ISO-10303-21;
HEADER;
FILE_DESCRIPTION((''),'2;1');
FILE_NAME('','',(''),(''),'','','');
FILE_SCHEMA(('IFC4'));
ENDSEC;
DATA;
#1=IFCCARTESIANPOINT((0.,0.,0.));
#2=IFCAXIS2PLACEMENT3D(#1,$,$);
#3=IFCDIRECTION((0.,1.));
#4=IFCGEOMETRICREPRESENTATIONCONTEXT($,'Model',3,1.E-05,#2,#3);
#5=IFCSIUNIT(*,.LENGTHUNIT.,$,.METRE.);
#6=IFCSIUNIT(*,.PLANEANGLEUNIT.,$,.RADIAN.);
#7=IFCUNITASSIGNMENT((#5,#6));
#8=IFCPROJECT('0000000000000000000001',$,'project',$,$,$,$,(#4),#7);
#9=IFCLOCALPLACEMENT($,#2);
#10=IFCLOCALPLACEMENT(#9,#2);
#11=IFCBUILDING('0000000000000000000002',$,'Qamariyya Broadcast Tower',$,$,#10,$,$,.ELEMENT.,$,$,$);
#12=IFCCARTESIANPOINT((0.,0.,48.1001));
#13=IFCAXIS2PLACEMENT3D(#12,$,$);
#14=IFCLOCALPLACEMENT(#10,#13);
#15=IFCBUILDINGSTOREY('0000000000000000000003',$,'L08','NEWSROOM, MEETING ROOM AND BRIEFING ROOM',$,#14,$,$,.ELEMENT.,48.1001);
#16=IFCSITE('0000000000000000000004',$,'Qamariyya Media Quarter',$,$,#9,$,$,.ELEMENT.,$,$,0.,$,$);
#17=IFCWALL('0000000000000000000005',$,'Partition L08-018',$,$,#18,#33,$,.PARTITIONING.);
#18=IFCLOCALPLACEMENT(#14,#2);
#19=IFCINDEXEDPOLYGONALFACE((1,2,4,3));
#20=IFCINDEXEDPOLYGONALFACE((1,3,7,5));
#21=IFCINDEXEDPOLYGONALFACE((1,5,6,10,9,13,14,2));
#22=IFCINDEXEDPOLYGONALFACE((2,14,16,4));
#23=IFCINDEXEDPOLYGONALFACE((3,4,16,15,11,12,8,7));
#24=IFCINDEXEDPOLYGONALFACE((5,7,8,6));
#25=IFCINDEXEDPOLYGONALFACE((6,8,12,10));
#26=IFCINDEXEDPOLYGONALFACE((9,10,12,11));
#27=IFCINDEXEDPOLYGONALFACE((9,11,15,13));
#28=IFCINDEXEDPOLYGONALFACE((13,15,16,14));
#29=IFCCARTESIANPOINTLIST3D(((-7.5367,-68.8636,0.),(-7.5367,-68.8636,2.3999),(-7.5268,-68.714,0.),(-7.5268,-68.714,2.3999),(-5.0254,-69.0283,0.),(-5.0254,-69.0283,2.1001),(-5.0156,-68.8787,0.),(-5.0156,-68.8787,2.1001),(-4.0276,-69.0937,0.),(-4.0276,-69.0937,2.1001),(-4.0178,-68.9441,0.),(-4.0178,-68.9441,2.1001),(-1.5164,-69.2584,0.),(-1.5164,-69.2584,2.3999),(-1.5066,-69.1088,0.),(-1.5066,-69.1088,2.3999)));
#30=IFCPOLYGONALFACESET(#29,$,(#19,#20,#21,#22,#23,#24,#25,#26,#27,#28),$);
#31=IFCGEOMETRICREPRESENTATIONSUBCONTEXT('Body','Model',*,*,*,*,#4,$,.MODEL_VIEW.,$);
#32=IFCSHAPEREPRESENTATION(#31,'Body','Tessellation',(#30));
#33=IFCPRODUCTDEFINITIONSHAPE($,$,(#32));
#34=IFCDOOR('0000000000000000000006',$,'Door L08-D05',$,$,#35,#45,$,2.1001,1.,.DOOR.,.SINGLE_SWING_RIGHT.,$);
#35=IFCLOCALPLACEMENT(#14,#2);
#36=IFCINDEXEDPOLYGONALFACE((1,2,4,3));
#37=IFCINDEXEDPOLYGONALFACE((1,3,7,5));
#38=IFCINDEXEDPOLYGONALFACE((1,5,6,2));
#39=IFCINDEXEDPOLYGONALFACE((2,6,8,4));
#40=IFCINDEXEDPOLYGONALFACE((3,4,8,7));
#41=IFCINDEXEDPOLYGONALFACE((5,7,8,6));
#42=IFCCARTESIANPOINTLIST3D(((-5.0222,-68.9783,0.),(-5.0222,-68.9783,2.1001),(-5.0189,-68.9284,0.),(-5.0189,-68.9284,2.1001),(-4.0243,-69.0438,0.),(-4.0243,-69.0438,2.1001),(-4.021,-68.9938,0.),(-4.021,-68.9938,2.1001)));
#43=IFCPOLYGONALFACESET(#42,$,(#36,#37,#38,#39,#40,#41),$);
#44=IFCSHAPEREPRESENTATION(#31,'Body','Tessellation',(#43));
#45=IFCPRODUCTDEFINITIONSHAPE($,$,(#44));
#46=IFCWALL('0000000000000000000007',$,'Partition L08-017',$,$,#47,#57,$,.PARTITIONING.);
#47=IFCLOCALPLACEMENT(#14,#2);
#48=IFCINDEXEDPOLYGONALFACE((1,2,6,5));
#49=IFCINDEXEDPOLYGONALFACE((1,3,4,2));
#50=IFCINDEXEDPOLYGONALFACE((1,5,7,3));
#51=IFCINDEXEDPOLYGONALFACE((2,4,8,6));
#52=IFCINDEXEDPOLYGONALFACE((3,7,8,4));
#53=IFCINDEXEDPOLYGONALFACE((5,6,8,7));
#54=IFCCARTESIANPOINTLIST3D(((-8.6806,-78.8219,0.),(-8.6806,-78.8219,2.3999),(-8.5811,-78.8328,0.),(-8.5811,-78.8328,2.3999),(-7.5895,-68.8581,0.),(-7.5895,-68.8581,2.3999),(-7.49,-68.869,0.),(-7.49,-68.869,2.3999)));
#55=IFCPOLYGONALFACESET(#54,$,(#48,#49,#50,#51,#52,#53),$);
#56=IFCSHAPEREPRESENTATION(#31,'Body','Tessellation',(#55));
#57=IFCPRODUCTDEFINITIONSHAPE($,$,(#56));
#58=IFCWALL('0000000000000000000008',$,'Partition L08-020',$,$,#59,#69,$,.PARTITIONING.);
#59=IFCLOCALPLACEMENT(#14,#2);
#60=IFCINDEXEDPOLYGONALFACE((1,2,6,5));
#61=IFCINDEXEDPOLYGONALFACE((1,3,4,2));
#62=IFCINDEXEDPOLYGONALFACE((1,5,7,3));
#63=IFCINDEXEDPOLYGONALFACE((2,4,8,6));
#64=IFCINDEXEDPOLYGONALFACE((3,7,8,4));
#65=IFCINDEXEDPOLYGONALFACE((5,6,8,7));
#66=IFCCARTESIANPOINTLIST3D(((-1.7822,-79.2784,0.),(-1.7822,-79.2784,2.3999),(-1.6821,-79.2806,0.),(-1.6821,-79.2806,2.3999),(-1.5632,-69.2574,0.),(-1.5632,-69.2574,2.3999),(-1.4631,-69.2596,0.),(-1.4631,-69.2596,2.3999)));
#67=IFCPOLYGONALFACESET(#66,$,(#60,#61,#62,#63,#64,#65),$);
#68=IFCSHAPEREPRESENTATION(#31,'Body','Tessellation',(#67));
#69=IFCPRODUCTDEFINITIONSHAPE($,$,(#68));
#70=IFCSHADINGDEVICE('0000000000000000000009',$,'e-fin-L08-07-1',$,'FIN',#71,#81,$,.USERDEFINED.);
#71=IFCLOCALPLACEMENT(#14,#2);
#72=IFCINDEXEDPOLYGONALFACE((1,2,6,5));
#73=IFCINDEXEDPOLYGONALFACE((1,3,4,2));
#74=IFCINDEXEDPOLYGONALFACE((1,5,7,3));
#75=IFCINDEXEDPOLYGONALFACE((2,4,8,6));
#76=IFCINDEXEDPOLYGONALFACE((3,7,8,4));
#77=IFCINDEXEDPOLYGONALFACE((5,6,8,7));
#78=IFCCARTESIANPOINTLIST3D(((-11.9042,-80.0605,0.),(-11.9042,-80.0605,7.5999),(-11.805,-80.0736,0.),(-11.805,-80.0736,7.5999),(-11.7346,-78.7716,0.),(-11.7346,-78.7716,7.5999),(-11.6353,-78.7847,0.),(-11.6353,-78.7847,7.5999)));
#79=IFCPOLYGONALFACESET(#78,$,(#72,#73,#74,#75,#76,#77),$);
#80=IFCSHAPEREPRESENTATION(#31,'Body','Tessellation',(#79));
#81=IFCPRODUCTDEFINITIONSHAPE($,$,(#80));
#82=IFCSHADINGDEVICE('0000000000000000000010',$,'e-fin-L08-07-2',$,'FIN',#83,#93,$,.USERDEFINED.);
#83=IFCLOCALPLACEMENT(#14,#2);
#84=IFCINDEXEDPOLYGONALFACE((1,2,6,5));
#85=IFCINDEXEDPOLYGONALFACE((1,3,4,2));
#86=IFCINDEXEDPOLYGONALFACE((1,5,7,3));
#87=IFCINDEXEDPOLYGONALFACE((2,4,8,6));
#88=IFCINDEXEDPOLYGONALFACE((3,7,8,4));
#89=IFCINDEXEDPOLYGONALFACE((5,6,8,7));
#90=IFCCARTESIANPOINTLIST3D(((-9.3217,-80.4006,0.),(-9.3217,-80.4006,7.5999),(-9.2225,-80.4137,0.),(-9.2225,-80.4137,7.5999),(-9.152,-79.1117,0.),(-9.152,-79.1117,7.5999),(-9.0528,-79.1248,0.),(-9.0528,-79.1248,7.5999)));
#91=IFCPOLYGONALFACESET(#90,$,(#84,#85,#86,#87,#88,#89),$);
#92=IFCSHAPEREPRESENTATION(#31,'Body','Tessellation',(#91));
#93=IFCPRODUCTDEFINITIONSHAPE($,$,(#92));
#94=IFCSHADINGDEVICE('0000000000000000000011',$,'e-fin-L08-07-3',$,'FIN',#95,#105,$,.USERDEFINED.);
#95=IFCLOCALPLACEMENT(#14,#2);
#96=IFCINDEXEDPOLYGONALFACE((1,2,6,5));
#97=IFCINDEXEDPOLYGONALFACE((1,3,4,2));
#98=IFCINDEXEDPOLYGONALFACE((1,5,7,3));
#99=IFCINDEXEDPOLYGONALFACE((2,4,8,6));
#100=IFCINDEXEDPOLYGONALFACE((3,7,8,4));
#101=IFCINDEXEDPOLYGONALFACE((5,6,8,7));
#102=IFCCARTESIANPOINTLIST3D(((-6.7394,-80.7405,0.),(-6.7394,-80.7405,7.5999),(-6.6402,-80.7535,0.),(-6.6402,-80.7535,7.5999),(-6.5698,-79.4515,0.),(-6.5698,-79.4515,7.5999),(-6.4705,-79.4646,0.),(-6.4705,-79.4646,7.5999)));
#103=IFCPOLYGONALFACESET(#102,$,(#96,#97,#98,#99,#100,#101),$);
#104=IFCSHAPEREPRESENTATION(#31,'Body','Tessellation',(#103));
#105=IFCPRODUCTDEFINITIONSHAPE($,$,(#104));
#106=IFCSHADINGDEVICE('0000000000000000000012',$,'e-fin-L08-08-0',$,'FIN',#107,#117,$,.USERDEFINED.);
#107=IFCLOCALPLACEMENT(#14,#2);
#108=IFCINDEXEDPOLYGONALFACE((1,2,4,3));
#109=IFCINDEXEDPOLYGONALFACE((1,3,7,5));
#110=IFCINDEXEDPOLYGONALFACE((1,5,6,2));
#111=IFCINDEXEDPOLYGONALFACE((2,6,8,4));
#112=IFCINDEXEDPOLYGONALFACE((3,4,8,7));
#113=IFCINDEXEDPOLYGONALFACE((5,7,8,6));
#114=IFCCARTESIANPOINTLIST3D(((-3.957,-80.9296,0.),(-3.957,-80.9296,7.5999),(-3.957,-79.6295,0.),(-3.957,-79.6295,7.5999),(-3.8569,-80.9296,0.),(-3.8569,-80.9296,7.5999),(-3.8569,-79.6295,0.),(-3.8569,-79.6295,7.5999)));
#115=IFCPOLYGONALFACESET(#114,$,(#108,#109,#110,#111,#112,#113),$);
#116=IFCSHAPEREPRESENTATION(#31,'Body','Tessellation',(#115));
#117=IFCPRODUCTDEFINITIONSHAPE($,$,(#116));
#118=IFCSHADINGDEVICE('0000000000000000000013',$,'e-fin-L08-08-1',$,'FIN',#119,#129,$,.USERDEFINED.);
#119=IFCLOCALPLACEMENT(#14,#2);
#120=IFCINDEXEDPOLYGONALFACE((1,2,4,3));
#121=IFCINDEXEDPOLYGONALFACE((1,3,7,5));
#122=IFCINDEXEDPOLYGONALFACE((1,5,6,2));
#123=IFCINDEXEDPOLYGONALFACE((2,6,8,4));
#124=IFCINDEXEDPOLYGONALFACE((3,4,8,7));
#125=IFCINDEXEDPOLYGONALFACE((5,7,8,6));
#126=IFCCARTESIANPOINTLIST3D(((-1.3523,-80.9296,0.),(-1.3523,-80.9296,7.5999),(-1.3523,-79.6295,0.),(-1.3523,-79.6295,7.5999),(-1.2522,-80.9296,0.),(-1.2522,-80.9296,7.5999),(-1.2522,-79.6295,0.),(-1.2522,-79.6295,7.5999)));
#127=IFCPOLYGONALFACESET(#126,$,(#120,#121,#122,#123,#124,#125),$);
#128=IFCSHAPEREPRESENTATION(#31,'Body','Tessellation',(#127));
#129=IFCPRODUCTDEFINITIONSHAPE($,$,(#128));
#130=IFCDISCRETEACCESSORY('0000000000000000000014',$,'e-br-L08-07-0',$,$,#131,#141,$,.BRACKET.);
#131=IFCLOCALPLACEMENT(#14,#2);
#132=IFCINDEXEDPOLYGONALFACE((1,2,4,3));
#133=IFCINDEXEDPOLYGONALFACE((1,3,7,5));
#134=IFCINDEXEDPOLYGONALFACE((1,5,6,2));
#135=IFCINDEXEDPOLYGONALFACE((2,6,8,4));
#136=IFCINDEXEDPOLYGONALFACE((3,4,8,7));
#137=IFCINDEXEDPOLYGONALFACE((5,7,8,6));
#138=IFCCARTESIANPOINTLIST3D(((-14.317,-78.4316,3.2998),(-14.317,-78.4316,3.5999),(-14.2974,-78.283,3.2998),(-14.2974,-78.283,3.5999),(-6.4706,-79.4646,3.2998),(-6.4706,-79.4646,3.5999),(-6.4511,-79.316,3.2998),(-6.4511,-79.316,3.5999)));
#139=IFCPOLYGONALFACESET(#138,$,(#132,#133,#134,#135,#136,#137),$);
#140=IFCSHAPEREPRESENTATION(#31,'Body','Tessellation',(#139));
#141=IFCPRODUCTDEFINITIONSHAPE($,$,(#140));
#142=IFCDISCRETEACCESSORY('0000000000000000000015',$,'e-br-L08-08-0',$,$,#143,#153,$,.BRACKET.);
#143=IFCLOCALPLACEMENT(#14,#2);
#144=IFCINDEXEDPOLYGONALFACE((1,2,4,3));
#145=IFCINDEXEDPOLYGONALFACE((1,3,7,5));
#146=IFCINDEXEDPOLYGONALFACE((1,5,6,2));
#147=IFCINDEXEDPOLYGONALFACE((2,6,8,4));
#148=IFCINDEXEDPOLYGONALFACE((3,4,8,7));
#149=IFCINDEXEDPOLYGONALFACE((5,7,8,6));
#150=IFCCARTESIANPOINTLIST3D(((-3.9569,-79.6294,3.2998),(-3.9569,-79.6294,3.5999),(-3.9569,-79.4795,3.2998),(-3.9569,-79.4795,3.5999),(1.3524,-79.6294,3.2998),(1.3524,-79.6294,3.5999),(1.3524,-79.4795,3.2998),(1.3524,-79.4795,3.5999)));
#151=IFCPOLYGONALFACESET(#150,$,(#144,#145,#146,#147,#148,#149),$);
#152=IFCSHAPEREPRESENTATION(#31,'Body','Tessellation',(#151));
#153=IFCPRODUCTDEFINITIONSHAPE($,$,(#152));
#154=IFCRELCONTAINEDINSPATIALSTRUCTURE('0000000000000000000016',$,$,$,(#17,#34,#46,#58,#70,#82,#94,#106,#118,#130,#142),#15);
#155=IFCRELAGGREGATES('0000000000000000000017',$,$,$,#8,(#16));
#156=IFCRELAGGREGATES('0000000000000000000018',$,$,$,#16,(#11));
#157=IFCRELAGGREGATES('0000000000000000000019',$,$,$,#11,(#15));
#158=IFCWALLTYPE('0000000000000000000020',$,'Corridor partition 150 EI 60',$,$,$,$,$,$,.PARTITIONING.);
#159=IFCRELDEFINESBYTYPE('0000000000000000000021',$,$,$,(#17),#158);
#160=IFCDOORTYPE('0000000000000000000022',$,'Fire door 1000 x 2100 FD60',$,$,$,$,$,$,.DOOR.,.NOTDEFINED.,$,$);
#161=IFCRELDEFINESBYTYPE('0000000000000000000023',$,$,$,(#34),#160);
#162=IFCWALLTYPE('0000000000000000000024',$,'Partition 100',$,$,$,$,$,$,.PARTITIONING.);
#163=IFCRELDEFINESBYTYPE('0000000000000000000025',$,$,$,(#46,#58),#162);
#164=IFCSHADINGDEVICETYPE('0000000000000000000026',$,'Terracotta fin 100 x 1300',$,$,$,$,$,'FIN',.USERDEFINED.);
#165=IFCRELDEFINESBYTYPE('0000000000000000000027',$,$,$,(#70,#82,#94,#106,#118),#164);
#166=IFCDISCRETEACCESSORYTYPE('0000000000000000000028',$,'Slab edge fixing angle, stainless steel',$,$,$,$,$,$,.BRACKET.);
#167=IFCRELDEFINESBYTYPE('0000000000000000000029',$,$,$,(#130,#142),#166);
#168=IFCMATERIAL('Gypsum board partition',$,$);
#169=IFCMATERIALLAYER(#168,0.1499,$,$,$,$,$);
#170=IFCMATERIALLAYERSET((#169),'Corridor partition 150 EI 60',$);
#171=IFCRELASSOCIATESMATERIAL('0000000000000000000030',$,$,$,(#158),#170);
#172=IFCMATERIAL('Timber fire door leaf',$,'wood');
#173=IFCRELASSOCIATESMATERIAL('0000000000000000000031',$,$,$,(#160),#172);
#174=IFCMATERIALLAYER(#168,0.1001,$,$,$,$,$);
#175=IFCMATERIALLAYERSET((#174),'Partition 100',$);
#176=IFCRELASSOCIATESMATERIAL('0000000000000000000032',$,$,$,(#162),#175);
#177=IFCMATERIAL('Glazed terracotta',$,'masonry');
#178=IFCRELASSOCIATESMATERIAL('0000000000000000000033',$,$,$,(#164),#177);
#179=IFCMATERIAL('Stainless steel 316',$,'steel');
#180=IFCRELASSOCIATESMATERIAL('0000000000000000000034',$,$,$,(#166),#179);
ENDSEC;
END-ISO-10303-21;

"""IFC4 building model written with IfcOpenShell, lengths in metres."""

from ifc_helpers import new_model, si_unit, direction, frame, frame_2d, origin, origin_2d, place, context, subcontext, project, spatial, rectangle, extrude, material, layer, layer_set, material_profile, profile_set, type_object, element, fill, save


model = new_model("IFC4")

# Units and contexts
model_context = context("Model", 3, precision=1e-05, world=origin(), true_north=direction((0.0, 1.0)))
body_context = subcontext(model_context, "Body", "Model", "MODEL_VIEW")
ifc_project = project(units=[si_unit("LENGTHUNIT", "METRE"), si_unit("PLANEANGLEUNIT", "RADIAN")], contexts=[model_context])

# Site, building, storey
site_placement = place(None, origin())
site = spatial("IfcSite", under=ifc_project, at=site_placement, Name="Qamariyya Media Quarter", CompositionType="ELEMENT", RefElevation=0.0)
building_placement = place(site_placement, origin())
building = spatial("IfcBuilding", under=site, at=building_placement, Name="Qamariyya Broadcast Tower", CompositionType="ELEMENT")
storey_placement = place(building_placement, frame((0.0, 0.0, 48.1001)))
storey = spatial("IfcBuildingStorey", under=building, at=storey_placement, Name="L08", Description="NEWSROOM, MEETING ROOM AND BRIEFING ROOM", CompositionType="ELEMENT", Elevation=48.1001)

# Wall, opening, door
ifc_material_1 = material(Name="Gypsum board partition")
ifc_layer_1 = layer(ifc_material_1, 0.1499)
ifc_layer_set_1 = layer_set([ifc_layer_1], Name="Corridor partition 150 EI 60")
wall_type_1 = type_object("IfcWallType", Name="Corridor partition 150 EI 60", PredefinedType="PARTITIONING", material=ifc_layer_set_1)
ifc_material_2 = material(Name="Timber fire door leaf", Category="wood")
door_type_1 = type_object("IfcDoorType", Name="Fire door 1000 x 2100 FD60", OperationType="NOTDEFINED", PredefinedType="DOOR", material=ifc_material_2)
wall_1_placement = place(storey_placement, frame((-1.5115, -69.1836, 0.0), z_axis=(0.0, 0.0, 1.0), x_axis=(-0.997857, 0.065434, 0.0)))
wall_1 = element("IfcWall", 1, at=wall_1_placement, inside=storey, type_object=wall_type_1, Name="Partition L08-018", PredefinedType="PARTITIONING", context=body_context, shape_type="SweptSolid", body=[
    extrude(rectangle(XDim=6.0332, YDim=0.1499, at=frame_2d((3.0166, 0.0))), origin(), (0.0, 0.0, 1.0), 2.3999),
])
opening_1_placement = place(wall_1_placement, frame((2.5166, 0.0, 0.0)))
opening_1 = element("IfcOpeningElement", 2, at=opening_1_placement, cuts=wall_1, PredefinedType="OPENING", context=body_context, shape_type="SweptSolid", body=[
    extrude(rectangle(XDim=1.0, YDim=2.1001, at=frame_2d((0.5, 1.05))), frame((0.0, 0.085, 0.0), z_axis=(0.0, -1.0, 0.0), x_axis=(1.0, 0.0, 0.0)), (0.0, 0.0, 1.0), 0.1699),
])
door_1_placement = place(opening_1_placement, origin())
door_1 = element("IfcDoor", 3, at=door_1_placement, inside=storey, type_object=door_type_1, Name="Door L08-D05", OperationType="SINGLE_SWING_RIGHT", OverallHeight=2.1001, OverallWidth=1.0, PredefinedType="DOOR", context=body_context, shape_type="SweptSolid", body=[
    extrude(rectangle(XDim=1.0, YDim=2.1001, at=frame_2d((0.5, 1.05))), frame((0.0, 0.0249, 0.0), z_axis=(0.0, -1.0, 0.0), x_axis=(1.0, 0.0, 0.0)), (0.0, 0.0, 1.0), 0.05),
])
fill(opening_1, door_1)

# Walls
ifc_layer_2 = layer(ifc_material_1, 0.1001)
ifc_layer_set_2 = layer_set([ifc_layer_2], Name="Partition 100")
wall_type_2 = type_object("IfcWallType", Name="Partition 100", PredefinedType="PARTITIONING", material=ifc_layer_set_2)
for number, where, z_axis, x_axis, name in (
    (4, (-8.6309, -78.8274, 0.0), (0.0, 0.0, 1.0), (0.108851, 0.994058, 0.0), "Partition L08-017"),
    (5, (-1.7322, -79.2795, 0.0), (0.0, 0.0, 1.0), (0.021848, 0.999761, 0.0), "Partition L08-020"),
):
    element("IfcWall", number, at=place(storey_placement, frame(where, z_axis=z_axis, x_axis=x_axis)), inside=storey, type_object=wall_type_2, Name=name, PredefinedType="PARTITIONING", context=body_context, shape_type="SweptSolid", body=[
        extrude(rectangle(XDim=10.0234, YDim=0.1001, at=frame_2d((5.0117, 0.0))), origin(), (0.0, 0.0, 1.0), 2.3999),
    ])

# Shading devices
ifc_material_3 = material(Name="Glazed terracotta", Category="masonry")
ifc_material_profile_1 = material_profile(ifc_material_3, rectangle(XDim=1.3, YDim=0.1001, at=origin_2d()))
ifc_profile_set_1 = profile_set([ifc_material_profile_1], Name="Glazed terracotta")
shading_device_type_1 = type_object("IfcShadingDeviceType", Name="Terracotta fin 100 x 1300", ElementType="FIN", PredefinedType="USERDEFINED", material=ifc_profile_set_1)
for number, where, z_axis, x_axis, name in (
    (6, (-11.7698, -79.4226, 0.0), (0.0, 0.0, 1.0), (-0.130526, -0.991445, 0.0), "e-fin-L08-07-1"),
    (7, (-9.1873, -79.7627, 0.0), (0.0, 0.0, 1.0), (-0.130526, -0.991445, 0.0), "e-fin-L08-07-2"),
    (8, (-6.605, -80.1025, 0.0), (0.0, 0.0, 1.0), (-0.130526, -0.991445, 0.0), "e-fin-L08-07-3"),
    (9, (-3.907, -80.2795, 0.0), (0.0, 0.0, 1.0), (0.0, -1.0, 0.0), "e-fin-L08-08-0"),
    (10, (-1.3022, -80.2795, 0.0), (0.0, 0.0, 1.0), (0.0, -1.0, 0.0), "e-fin-L08-08-1"),
):
    element("IfcShadingDevice", number, at=place(storey_placement, frame(where, z_axis=z_axis, x_axis=x_axis)), inside=storey, type_object=shading_device_type_1, Name=name, ObjectType="FIN", PredefinedType="USERDEFINED", context=body_context, shape_type="SweptSolid", body=[
        extrude(rectangle(XDim=1.3, YDim=0.1001, at=origin_2d()), origin(), (0.0, 0.0, 1.0), 7.5999),
    ])

# Discrete accessories
ifc_material_4 = material(Name="Stainless steel 316", Category="steel")
discrete_accessory_type = type_object("IfcDiscreteAccessoryType", Name="Slab edge fixing angle, stainless steel", PredefinedType="BRACKET", material=ifc_material_4)
discrete_accessory_1_placement = place(storey_placement, frame((-10.384, -78.8738, 3.2998), z_axis=(0.0, 0.0, 1.0), x_axis=(0.991445, -0.130526, 0.0)))
element("IfcDiscreteAccessory", 11, at=discrete_accessory_1_placement, inside=storey, type_object=discrete_accessory_type, Name="e-br-L08-07-0", PredefinedType="BRACKET", context=body_context, shape_type="SweptSolid", body=[
    extrude(rectangle(XDim=7.9141, YDim=0.1499, at=origin_2d()), origin(), (0.0, 0.0, 1.0), 0.3),
])
discrete_accessory_2_placement = place(storey_placement, frame((-1.3022, -79.5544, 3.2998), z_axis=(0.0, 0.0, 1.0), x_axis=(1.0, 0.0, 0.0)))
element("IfcDiscreteAccessory", 12, at=discrete_accessory_2_placement, inside=storey, type_object=discrete_accessory_type, Name="e-br-L08-08-0", PredefinedType="BRACKET", context=body_context, shape_type="SweptSolid", body=[
    extrude(rectangle(XDim=5.3093, YDim=0.1499, at=origin_2d()), origin(), (0.0, 0.0, 1.0), 0.3),
])

save(model, "model.ifc")
